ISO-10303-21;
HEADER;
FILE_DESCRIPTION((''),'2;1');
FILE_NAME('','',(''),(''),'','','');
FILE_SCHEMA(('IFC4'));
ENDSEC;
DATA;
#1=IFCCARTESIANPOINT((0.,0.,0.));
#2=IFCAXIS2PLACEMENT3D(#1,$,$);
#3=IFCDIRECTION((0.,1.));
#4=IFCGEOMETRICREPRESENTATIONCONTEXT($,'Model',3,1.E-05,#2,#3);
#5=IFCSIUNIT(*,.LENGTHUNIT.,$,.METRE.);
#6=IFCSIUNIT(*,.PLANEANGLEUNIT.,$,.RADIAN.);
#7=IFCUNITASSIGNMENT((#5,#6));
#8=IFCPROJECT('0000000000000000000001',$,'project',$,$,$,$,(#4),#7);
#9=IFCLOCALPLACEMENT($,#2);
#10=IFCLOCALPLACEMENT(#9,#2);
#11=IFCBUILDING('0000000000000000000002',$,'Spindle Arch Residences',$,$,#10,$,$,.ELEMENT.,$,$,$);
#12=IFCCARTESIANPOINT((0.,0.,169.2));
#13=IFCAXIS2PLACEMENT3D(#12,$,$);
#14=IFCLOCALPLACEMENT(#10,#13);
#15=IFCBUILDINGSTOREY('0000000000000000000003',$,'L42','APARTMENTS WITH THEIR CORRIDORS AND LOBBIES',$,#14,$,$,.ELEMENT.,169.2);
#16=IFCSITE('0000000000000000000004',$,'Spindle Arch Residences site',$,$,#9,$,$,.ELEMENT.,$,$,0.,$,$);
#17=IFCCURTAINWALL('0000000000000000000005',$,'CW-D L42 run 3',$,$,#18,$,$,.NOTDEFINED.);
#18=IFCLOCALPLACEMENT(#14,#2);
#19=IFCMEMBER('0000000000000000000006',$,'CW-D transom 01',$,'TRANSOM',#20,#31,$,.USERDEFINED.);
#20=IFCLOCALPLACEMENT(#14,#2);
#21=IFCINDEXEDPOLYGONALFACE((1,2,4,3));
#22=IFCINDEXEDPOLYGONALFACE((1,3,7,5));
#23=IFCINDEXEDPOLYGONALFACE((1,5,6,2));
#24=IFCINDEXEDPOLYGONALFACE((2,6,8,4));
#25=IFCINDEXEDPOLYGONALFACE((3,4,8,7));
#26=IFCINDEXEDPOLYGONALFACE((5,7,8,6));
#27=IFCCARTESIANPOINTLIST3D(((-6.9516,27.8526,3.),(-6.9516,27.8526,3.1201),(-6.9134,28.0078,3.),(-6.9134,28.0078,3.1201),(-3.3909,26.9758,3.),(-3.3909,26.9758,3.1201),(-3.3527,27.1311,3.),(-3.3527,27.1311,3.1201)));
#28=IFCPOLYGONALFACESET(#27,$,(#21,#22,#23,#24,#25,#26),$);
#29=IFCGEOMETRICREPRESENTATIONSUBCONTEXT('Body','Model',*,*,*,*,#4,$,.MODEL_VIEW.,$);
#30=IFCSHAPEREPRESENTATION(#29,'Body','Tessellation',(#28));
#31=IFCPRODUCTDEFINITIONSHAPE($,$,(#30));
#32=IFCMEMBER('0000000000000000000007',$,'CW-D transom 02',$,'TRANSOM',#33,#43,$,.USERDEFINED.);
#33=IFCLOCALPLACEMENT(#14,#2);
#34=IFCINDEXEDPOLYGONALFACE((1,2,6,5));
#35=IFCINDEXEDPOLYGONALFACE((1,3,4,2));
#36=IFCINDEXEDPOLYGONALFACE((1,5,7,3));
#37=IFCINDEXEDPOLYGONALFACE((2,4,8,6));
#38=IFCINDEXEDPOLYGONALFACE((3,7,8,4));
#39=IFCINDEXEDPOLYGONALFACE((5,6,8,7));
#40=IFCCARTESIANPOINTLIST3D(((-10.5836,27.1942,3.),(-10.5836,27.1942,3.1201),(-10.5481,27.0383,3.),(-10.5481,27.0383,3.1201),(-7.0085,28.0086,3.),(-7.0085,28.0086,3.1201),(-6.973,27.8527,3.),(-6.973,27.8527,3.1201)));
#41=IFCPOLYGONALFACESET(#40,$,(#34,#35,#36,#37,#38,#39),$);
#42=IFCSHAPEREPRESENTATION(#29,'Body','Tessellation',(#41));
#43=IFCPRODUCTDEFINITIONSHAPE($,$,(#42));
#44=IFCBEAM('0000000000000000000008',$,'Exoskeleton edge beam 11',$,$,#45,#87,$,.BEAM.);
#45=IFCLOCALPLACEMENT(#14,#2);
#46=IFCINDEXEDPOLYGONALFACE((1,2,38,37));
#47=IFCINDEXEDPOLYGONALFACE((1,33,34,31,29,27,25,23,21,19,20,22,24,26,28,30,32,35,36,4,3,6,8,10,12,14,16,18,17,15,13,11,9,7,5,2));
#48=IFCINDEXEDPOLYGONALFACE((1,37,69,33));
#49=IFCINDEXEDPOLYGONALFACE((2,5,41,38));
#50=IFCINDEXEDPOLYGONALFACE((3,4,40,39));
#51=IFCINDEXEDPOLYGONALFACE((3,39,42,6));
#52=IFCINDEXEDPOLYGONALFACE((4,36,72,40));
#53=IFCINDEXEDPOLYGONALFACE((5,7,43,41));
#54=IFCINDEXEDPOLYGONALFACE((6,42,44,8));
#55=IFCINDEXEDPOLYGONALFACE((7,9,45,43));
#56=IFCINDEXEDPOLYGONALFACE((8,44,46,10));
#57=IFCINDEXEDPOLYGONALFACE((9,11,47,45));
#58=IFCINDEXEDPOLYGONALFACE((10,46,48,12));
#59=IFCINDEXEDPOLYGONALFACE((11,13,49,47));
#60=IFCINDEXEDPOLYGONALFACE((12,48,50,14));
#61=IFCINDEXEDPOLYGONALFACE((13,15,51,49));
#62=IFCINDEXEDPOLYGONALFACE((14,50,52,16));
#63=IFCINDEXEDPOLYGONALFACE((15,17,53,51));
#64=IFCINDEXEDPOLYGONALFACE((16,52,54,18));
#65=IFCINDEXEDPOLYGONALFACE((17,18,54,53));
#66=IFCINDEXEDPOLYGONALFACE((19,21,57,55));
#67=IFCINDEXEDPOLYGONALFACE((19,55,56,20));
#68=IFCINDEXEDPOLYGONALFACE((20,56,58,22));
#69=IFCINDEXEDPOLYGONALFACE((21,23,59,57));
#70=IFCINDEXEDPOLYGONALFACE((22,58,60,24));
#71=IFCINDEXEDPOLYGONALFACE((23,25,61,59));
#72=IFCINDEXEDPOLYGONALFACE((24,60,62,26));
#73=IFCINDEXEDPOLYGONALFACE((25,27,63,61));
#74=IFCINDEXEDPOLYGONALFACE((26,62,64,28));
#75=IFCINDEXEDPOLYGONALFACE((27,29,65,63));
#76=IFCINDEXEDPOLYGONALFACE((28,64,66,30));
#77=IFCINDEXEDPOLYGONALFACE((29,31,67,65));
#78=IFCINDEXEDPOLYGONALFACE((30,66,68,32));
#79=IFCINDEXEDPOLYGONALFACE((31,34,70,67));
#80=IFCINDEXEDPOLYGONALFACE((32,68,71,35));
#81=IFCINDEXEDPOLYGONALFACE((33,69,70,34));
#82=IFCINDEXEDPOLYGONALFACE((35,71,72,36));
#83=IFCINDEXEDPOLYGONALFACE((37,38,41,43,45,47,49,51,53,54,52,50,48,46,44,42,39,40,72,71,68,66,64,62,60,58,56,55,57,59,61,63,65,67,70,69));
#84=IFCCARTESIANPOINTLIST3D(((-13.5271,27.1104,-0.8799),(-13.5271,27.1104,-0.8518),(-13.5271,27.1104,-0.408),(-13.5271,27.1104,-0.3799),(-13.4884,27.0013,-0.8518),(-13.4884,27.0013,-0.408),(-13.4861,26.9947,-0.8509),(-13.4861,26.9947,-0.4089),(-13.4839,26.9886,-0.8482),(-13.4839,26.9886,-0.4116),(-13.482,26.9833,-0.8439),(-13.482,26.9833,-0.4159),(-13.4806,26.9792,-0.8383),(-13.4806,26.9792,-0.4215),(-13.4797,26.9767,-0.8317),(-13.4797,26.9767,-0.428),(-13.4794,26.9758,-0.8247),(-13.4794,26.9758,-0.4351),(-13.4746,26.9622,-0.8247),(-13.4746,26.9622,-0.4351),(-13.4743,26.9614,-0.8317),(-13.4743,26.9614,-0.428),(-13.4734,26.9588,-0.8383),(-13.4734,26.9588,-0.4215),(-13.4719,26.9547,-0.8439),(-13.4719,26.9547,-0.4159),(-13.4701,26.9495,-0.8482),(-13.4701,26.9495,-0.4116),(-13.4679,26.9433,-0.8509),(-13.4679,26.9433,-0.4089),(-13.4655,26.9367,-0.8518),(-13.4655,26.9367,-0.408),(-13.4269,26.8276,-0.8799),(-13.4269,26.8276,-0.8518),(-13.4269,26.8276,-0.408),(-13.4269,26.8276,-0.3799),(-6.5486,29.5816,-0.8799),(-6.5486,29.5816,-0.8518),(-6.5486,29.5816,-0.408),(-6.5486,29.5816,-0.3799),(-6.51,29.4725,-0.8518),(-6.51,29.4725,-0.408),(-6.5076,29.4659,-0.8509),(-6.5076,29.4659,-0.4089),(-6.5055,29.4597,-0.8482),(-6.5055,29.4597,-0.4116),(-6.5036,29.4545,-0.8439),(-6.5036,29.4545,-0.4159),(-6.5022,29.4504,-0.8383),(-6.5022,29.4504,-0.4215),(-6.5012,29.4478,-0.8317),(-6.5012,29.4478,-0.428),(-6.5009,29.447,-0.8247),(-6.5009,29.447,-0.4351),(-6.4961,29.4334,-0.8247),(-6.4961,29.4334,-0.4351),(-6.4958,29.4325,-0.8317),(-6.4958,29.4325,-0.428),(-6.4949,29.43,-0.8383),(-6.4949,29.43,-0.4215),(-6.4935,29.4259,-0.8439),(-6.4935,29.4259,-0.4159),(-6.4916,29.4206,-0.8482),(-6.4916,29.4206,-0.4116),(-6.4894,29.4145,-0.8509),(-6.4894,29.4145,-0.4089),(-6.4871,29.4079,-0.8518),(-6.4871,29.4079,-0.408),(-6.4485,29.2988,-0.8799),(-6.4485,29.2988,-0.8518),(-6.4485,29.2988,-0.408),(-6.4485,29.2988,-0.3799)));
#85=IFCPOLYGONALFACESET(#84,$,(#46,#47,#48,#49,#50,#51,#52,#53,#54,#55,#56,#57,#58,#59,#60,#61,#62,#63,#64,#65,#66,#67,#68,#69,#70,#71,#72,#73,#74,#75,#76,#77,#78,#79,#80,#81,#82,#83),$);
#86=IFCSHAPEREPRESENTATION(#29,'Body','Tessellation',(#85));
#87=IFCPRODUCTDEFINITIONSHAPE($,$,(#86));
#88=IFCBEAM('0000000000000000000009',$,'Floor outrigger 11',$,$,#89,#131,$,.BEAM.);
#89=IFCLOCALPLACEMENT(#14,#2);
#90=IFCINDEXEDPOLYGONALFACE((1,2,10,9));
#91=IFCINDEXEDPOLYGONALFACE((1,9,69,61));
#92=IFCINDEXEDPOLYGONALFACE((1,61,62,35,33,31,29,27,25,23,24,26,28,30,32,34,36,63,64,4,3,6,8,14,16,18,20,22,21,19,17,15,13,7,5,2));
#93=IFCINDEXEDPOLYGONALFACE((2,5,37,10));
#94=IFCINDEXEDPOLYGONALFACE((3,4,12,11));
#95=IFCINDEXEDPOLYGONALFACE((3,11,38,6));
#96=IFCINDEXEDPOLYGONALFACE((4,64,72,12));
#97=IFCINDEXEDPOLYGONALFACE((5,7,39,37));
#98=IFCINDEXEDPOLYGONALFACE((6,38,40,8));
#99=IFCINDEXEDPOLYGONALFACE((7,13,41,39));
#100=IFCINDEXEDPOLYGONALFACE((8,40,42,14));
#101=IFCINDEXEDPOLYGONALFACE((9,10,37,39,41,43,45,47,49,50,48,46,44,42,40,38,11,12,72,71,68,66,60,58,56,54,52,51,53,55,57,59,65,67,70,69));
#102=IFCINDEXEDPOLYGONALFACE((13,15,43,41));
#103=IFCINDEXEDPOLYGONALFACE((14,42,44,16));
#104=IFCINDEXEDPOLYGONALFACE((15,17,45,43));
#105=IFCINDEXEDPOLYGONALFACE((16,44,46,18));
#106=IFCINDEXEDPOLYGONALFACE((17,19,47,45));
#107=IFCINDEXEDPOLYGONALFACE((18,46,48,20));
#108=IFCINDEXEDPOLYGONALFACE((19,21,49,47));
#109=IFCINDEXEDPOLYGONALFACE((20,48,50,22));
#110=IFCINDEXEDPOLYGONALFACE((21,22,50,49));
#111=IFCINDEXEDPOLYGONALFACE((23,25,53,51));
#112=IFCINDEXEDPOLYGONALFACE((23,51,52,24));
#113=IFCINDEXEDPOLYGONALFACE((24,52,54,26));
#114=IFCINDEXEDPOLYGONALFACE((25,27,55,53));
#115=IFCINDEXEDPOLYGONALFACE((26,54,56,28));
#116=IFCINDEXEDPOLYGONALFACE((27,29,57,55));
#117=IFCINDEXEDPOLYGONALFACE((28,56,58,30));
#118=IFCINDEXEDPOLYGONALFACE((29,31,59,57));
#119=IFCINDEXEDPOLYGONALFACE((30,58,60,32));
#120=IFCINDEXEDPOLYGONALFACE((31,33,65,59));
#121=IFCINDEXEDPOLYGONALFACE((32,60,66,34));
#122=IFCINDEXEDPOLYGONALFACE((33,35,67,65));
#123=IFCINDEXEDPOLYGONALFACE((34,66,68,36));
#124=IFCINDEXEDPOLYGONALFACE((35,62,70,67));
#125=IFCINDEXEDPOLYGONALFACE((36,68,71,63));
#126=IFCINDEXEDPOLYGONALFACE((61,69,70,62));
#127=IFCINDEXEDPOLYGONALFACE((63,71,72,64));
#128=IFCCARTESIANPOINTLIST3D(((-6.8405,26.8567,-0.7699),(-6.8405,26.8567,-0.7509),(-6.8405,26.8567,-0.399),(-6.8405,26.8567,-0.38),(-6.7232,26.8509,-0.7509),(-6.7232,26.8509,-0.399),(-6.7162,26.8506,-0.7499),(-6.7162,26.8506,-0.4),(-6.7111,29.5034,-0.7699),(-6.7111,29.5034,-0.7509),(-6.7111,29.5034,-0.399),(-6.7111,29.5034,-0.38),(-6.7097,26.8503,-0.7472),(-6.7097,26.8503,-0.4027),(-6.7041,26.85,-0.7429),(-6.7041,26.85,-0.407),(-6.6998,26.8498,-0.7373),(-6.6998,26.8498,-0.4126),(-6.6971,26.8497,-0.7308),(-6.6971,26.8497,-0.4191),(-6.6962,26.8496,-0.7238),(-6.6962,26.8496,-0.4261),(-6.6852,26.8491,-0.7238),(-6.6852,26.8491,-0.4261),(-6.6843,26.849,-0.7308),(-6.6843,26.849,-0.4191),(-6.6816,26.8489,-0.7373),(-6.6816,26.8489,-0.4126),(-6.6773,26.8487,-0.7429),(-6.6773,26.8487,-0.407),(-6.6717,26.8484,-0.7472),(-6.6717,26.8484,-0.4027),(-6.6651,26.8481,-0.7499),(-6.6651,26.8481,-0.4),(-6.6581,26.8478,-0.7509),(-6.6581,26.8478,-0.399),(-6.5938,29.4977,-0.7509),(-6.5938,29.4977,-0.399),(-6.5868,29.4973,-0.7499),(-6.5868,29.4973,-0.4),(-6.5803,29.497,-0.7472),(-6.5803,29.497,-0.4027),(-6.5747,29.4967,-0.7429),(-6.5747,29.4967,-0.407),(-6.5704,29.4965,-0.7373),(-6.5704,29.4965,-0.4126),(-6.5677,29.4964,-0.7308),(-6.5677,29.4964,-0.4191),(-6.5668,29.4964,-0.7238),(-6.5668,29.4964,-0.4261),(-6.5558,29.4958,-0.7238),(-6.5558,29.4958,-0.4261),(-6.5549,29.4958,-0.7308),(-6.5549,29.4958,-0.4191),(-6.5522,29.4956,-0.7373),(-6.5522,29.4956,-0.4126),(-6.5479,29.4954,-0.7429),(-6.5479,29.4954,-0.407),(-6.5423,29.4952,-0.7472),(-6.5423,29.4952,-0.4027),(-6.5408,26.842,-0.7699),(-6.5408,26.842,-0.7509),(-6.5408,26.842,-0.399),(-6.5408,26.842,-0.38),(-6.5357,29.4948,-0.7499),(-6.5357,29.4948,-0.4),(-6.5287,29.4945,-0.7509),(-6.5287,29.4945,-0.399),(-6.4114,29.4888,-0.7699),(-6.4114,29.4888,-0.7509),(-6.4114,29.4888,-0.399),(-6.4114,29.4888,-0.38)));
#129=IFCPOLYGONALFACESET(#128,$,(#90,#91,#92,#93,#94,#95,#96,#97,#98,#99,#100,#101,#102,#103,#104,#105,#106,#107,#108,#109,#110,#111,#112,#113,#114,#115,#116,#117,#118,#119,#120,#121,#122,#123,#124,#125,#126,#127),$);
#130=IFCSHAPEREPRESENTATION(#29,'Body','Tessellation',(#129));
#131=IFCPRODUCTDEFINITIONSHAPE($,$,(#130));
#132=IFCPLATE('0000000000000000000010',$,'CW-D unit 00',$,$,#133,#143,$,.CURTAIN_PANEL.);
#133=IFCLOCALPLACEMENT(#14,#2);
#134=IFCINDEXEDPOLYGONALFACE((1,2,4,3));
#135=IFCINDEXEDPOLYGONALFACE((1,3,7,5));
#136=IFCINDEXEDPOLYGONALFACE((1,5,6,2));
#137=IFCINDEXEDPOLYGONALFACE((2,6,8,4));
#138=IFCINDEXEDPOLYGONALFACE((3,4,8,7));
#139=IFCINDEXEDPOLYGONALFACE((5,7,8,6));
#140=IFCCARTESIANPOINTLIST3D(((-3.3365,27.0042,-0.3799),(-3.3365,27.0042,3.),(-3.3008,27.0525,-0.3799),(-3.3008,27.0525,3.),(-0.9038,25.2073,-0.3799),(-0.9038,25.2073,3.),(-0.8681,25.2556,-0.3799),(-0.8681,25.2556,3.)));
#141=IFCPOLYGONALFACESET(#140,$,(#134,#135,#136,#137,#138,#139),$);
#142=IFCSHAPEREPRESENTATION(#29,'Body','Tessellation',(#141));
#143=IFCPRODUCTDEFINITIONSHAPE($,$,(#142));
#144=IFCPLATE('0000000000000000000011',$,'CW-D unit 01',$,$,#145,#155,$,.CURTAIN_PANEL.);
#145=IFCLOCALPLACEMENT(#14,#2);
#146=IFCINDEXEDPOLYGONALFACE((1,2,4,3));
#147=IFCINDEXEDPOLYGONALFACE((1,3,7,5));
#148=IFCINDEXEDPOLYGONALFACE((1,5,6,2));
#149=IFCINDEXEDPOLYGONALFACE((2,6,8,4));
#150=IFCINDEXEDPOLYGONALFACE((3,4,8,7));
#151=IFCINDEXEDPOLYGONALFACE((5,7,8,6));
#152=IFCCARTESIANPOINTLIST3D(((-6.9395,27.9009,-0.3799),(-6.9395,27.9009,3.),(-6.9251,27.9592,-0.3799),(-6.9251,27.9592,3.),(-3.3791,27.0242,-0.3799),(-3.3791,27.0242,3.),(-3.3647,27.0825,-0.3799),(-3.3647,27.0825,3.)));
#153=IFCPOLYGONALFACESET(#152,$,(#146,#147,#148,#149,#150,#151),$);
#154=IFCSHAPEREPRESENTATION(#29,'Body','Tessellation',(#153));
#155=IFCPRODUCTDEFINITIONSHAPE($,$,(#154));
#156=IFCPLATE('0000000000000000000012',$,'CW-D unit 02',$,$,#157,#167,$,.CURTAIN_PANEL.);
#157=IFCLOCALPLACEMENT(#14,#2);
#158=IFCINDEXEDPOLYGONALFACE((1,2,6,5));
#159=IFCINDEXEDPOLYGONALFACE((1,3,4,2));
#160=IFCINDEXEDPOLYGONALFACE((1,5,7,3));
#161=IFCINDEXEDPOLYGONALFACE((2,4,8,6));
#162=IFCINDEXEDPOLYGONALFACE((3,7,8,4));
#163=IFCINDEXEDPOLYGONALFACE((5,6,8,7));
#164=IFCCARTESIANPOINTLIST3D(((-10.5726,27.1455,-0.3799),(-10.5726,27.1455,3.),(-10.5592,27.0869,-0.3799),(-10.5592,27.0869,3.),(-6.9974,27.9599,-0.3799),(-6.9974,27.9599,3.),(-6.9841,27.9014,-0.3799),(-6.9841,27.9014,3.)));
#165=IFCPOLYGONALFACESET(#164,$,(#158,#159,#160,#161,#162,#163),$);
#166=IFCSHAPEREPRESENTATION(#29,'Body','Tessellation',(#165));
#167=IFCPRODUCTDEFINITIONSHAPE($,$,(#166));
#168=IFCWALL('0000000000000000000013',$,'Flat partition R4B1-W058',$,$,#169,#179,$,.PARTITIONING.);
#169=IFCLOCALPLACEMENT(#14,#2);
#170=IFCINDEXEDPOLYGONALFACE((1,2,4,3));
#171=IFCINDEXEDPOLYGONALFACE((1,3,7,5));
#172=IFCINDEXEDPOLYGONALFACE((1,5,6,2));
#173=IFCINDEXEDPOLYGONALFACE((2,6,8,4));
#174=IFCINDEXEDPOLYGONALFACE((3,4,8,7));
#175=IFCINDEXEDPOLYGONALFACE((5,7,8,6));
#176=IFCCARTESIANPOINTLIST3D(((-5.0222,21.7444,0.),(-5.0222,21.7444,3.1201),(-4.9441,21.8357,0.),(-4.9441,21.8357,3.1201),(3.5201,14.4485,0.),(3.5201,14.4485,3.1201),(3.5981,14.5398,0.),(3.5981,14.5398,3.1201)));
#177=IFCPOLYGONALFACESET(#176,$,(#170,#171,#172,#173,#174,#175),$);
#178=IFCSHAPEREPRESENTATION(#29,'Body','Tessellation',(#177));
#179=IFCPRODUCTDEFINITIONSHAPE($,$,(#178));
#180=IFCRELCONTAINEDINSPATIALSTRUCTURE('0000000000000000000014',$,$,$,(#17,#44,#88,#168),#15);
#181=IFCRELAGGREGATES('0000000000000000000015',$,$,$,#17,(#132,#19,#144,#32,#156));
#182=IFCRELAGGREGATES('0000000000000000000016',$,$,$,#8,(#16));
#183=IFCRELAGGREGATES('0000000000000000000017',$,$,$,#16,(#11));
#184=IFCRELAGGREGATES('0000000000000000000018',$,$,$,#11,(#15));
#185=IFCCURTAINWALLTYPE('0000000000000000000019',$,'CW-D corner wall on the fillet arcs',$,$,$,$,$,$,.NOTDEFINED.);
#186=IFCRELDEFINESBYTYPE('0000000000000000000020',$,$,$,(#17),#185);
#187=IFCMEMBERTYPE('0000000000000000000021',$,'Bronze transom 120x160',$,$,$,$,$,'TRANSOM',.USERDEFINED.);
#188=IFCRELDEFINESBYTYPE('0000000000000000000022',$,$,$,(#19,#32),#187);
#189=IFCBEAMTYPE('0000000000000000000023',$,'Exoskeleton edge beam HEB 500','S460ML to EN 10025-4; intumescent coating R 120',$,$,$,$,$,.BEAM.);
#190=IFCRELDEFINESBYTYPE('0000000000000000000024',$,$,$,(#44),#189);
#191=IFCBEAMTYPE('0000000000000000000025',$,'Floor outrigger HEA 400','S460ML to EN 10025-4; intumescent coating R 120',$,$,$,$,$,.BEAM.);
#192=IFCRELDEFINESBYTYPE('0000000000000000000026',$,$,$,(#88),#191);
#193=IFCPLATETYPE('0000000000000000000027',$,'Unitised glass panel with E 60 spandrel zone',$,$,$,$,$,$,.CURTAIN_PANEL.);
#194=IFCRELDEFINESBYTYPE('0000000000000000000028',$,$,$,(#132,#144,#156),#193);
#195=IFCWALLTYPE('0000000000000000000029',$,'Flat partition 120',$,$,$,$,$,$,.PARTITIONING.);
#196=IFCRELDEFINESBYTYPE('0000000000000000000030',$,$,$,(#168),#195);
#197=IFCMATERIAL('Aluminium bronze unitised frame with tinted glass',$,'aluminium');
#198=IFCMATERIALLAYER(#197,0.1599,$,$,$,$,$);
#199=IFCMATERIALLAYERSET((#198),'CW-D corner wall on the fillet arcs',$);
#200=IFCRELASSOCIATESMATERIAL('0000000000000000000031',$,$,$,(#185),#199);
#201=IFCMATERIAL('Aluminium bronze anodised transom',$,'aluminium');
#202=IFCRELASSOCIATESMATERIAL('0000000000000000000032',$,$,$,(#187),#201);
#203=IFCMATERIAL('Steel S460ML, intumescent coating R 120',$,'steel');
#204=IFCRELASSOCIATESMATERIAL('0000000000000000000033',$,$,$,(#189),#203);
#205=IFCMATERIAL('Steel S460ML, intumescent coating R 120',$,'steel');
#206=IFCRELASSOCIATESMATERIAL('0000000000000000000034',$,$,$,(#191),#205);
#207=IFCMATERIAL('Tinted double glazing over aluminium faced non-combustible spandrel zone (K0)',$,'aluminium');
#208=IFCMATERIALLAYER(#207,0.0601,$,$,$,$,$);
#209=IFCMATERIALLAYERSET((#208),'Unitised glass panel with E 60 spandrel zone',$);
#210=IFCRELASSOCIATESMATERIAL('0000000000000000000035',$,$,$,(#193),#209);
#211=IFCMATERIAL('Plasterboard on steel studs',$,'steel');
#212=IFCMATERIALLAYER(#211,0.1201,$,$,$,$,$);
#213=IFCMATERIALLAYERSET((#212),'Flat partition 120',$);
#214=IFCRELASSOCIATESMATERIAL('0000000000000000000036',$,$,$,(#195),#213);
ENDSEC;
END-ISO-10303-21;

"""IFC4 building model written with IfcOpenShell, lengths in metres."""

from ifc_helpers import new_model, si_unit, direction, frame, frame_2d, origin, origin_2d, place, context, subcontext, project, spatial, rectangle, i_section, extrude, material, layer, layer_set, material_profile, profile_set, type_object, element, aggregate, save


model = new_model("IFC4")

# Units and contexts
model_context = context("Model", 3, precision=1e-05, world=origin(), true_north=direction((0.0, 1.0)))
body_context = subcontext(model_context, "Body", "Model", "MODEL_VIEW")
ifc_project = project(units=[si_unit("LENGTHUNIT", "METRE"), si_unit("PLANEANGLEUNIT", "RADIAN")], contexts=[model_context])

# Site, building, storey
site_placement = place(None, origin())
site = spatial("IfcSite", under=ifc_project, at=site_placement, Name="Spindle Arch Residences site", CompositionType="ELEMENT", RefElevation=0.0)
building_placement = place(site_placement, origin())
building = spatial("IfcBuilding", under=site, at=building_placement, Name="Spindle Arch Residences", CompositionType="ELEMENT")
storey_placement = place(building_placement, frame((0.0, 0.0, 169.2)))
storey = spatial("IfcBuildingStorey", under=building, at=storey_placement, Name="L42", Description="APARTMENTS WITH THEIR CORRIDORS AND LOBBIES", CompositionType="ELEMENT", Elevation=169.2)

# Curtain wall, members
ifc_material_1 = material(Name="Aluminium bronze unitised frame with tinted glass", Category="aluminium")
ifc_layer_1 = layer(ifc_material_1, 0.1599)
ifc_layer_set_1 = layer_set([ifc_layer_1], Name="CW-D corner wall on the fillet arcs")
curtain_wall_type = type_object("IfcCurtainWallType", Name="CW-D corner wall on the fillet arcs", PredefinedType="NOTDEFINED", material=ifc_layer_set_1)
curtain_wall_placement = place(storey_placement, origin())
curtain_wall = element("IfcCurtainWall", 1, at=curtain_wall_placement, inside=storey, type_object=curtain_wall_type, Name="CW-D L42 run 3", PredefinedType="NOTDEFINED")
ifc_material_2 = material(Name="Aluminium bronze anodised transom", Category="aluminium")
ifc_material_profile_1 = material_profile(ifc_material_2, rectangle(XDim=0.1599, YDim=0.1201, at=origin_2d()), Name="TR 120x160")
ifc_profile_set_1 = profile_set([ifc_material_profile_1], Name="Aluminium bronze anodised transom")
member_type_1 = type_object("IfcMemberType", Name="Bronze transom 120x160", ElementType="TRANSOM", PredefinedType="USERDEFINED", material=ifc_profile_set_1)
member_1_placement = place(storey_placement, frame((-3.3718, 27.0535, 3.0601), z_axis=(-0.970998, 0.239088, 0.0), x_axis=(-0.239088, -0.970998, 0.0)))
member_1 = element("IfcMember", 2, at=member_1_placement, type_object=member_type_1, Name="CW-D transom 01", ObjectType="TRANSOM", PredefinedType="USERDEFINED", context=body_context, shape_type="SweptSolid", body=[
    extrude(rectangle(XDim=0.1599, YDim=0.1201, at=origin_2d()), origin(), (0.0, 0.0, 1.0), 3.667),
])
member_2_placement = place(storey_placement, frame((-6.9907, 27.9307, 3.0601), z_axis=(-0.97502, -0.222116, 0.0), x_axis=(0.222116, -0.97502, 0.0)))
member_2 = element("IfcMember", 3, at=member_2_placement, type_object=member_type_1, Name="CW-D transom 02", ObjectType="TRANSOM", PredefinedType="USERDEFINED", context=body_context, shape_type="SweptSolid", body=[
    extrude(rectangle(XDim=0.1599, YDim=0.1201, at=origin_2d()), origin(), (0.0, 0.0, 1.0), 3.6667),
])

# Beams
ifc_material_3 = material(Name="Steel S460ML, intumescent coating R 120", Category="steel")
ifc_material_profile_2 = material_profile(ifc_material_3, i_section(OverallWidth=0.3, OverallDepth=0.5, WebThickness=0.0144, FlangeThickness=0.0281, FilletRadius=0.0271, at=origin_2d()), Name="HEB 500")
ifc_profile_set_2 = profile_set([ifc_material_profile_2], Name="Steel S460ML, intumescent coating R 120")
beam_type_1 = type_object("IfcBeamType", Name="Exoskeleton edge beam HEB 500", Description="S460ML to EN 10025-4; intumescent coating R 120", PredefinedType="BEAM", material=ifc_profile_set_2)
beam_1_placement = place(storey_placement, frame((-6.4985, 29.4402, -0.6299), z_axis=(-0.942643, -0.333803, 0.0), x_axis=(0.333803, -0.942643, 0.0)))
element("IfcBeam", 4, at=beam_1_placement, inside=storey, type_object=beam_type_1, Name="Exoskeleton edge beam 11", PredefinedType="BEAM", context=body_context, shape_type="SweptSolid", body=[
    extrude(i_section(OverallWidth=0.3, OverallDepth=0.5, WebThickness=0.0144, FlangeThickness=0.0281, FilletRadius=0.0271, at=origin_2d()), origin(), (0.0, 0.0, 1.0), 7.4031),
])
ifc_material_4 = material(Name="Steel S460ML, intumescent coating R 120", Category="steel")
ifc_material_profile_3 = material_profile(ifc_material_4, i_section(OverallWidth=0.3, OverallDepth=0.3899, WebThickness=0.011, FlangeThickness=0.019, FilletRadius=0.0271, at=origin_2d()), Name="HEA 400")
ifc_profile_set_3 = profile_set([ifc_material_profile_3], Name="Steel S460ML, intumescent coating R 120")
beam_type_2 = type_object("IfcBeamType", Name="Floor outrigger HEA 400", Description="S460ML to EN 10025-4; intumescent coating R 120", PredefinedType="BEAM", material=ifc_profile_set_3)
beam_2_placement = place(storey_placement, frame((-6.5613, 29.4961, -0.575), z_axis=(-0.04883, -0.998807, 0.0), x_axis=(0.998807, -0.04883, 0.0)))
element("IfcBeam", 5, at=beam_2_placement, inside=storey, type_object=beam_type_2, Name="Floor outrigger 11", PredefinedType="BEAM", context=body_context, shape_type="SweptSolid", body=[
    extrude(i_section(OverallWidth=0.3, OverallDepth=0.3899, WebThickness=0.011, FlangeThickness=0.019, FilletRadius=0.0271, at=origin_2d()), origin(), (0.0, 0.0, 1.0), 2.6499),
])

# Plates
ifc_material_5 = material(Name="Tinted double glazing over aluminium faced non-combustible spandrel zone (K0)", Category="aluminium")
ifc_layer_2 = layer(ifc_material_5, 0.0601)
ifc_layer_set_2 = layer_set([ifc_layer_2], Name="Unitised glass panel with E 60 spandrel zone")
plate_type = type_object("IfcPlateType", Name="Unitised glass panel with E 60 spandrel zone", PredefinedType="CURTAIN_PANEL", material=ifc_layer_set_2)
plate_1_placement = place(storey_placement, frame((-2.1023, 26.1299, -0.3799), z_axis=(0.0, 0.0, 1.0), x_axis=(-0.804366, 0.594134, 0.0)))
plate_1 = element("IfcPlate", 6, at=plate_1_placement, type_object=plate_type, Name="CW-D unit 00", PredefinedType="CURTAIN_PANEL", context=body_context, shape_type="SweptSolid", body=[
    extrude(rectangle(XDim=3.0244, YDim=0.0601, at=origin_2d()), origin(), (0.0, 0.0, 1.0), 3.3799),
])
plate_2_placement = place(storey_placement, frame((-5.1521, 27.4917, -0.3799), z_axis=(0.0, 0.0, 1.0), x_axis=(-0.970995, 0.239098, 0.0)))
plate_2 = element("IfcPlate", 7, at=plate_2_placement, type_object=plate_type, Name="CW-D unit 01", PredefinedType="CURTAIN_PANEL", context=body_context, shape_type="SweptSolid", body=[
    extrude(rectangle(XDim=3.6667, YDim=0.0601, at=origin_2d()), origin(), (0.0, 0.0, 1.0), 3.3799),
])
plate_3_placement = place(storey_placement, frame((-8.7783, 27.5234, -0.3799), z_axis=(0.0, 0.0, 1.0), x_axis=(-0.97502, -0.222116, 0.0)))
plate_3 = element("IfcPlate", 8, at=plate_3_placement, type_object=plate_type, Name="CW-D unit 02", PredefinedType="CURTAIN_PANEL", context=body_context, shape_type="SweptSolid", body=[
    extrude(rectangle(XDim=3.6667, YDim=0.0601, at=origin_2d()), origin(), (0.0, 0.0, 1.0), 3.3799),
])
aggregate(curtain_wall, [plate_1, member_1, plate_2, member_2, plate_3])

# Wall
ifc_material_6 = material(Name="Plasterboard on steel studs", Category="steel")
ifc_layer_3 = layer(ifc_material_6, 0.1201)
ifc_layer_set_3 = layer_set([ifc_layer_3], Name="Flat partition 120")
wall_type_1 = type_object("IfcWallType", Name="Flat partition 120", PredefinedType="PARTITIONING", material=ifc_layer_set_3)
wall_1_placement = place(storey_placement, frame((-4.9832, 21.79, 0.0), z_axis=(0.0, 0.0, 1.0), x_axis=(0.7604, -0.649455, 0.0)))
element("IfcWall", 9, at=wall_1_placement, inside=storey, type_object=wall_type_1, Name="Flat partition R4B1-W058", PredefinedType="PARTITIONING", context=body_context, shape_type="SweptSolid", body=[
    extrude(rectangle(XDim=11.2339, YDim=0.1201, at=frame_2d((5.6169, 0.0))), origin(), (0.0, 0.0, 1.0), 3.1201),
])

save(model, "model.ifc")
